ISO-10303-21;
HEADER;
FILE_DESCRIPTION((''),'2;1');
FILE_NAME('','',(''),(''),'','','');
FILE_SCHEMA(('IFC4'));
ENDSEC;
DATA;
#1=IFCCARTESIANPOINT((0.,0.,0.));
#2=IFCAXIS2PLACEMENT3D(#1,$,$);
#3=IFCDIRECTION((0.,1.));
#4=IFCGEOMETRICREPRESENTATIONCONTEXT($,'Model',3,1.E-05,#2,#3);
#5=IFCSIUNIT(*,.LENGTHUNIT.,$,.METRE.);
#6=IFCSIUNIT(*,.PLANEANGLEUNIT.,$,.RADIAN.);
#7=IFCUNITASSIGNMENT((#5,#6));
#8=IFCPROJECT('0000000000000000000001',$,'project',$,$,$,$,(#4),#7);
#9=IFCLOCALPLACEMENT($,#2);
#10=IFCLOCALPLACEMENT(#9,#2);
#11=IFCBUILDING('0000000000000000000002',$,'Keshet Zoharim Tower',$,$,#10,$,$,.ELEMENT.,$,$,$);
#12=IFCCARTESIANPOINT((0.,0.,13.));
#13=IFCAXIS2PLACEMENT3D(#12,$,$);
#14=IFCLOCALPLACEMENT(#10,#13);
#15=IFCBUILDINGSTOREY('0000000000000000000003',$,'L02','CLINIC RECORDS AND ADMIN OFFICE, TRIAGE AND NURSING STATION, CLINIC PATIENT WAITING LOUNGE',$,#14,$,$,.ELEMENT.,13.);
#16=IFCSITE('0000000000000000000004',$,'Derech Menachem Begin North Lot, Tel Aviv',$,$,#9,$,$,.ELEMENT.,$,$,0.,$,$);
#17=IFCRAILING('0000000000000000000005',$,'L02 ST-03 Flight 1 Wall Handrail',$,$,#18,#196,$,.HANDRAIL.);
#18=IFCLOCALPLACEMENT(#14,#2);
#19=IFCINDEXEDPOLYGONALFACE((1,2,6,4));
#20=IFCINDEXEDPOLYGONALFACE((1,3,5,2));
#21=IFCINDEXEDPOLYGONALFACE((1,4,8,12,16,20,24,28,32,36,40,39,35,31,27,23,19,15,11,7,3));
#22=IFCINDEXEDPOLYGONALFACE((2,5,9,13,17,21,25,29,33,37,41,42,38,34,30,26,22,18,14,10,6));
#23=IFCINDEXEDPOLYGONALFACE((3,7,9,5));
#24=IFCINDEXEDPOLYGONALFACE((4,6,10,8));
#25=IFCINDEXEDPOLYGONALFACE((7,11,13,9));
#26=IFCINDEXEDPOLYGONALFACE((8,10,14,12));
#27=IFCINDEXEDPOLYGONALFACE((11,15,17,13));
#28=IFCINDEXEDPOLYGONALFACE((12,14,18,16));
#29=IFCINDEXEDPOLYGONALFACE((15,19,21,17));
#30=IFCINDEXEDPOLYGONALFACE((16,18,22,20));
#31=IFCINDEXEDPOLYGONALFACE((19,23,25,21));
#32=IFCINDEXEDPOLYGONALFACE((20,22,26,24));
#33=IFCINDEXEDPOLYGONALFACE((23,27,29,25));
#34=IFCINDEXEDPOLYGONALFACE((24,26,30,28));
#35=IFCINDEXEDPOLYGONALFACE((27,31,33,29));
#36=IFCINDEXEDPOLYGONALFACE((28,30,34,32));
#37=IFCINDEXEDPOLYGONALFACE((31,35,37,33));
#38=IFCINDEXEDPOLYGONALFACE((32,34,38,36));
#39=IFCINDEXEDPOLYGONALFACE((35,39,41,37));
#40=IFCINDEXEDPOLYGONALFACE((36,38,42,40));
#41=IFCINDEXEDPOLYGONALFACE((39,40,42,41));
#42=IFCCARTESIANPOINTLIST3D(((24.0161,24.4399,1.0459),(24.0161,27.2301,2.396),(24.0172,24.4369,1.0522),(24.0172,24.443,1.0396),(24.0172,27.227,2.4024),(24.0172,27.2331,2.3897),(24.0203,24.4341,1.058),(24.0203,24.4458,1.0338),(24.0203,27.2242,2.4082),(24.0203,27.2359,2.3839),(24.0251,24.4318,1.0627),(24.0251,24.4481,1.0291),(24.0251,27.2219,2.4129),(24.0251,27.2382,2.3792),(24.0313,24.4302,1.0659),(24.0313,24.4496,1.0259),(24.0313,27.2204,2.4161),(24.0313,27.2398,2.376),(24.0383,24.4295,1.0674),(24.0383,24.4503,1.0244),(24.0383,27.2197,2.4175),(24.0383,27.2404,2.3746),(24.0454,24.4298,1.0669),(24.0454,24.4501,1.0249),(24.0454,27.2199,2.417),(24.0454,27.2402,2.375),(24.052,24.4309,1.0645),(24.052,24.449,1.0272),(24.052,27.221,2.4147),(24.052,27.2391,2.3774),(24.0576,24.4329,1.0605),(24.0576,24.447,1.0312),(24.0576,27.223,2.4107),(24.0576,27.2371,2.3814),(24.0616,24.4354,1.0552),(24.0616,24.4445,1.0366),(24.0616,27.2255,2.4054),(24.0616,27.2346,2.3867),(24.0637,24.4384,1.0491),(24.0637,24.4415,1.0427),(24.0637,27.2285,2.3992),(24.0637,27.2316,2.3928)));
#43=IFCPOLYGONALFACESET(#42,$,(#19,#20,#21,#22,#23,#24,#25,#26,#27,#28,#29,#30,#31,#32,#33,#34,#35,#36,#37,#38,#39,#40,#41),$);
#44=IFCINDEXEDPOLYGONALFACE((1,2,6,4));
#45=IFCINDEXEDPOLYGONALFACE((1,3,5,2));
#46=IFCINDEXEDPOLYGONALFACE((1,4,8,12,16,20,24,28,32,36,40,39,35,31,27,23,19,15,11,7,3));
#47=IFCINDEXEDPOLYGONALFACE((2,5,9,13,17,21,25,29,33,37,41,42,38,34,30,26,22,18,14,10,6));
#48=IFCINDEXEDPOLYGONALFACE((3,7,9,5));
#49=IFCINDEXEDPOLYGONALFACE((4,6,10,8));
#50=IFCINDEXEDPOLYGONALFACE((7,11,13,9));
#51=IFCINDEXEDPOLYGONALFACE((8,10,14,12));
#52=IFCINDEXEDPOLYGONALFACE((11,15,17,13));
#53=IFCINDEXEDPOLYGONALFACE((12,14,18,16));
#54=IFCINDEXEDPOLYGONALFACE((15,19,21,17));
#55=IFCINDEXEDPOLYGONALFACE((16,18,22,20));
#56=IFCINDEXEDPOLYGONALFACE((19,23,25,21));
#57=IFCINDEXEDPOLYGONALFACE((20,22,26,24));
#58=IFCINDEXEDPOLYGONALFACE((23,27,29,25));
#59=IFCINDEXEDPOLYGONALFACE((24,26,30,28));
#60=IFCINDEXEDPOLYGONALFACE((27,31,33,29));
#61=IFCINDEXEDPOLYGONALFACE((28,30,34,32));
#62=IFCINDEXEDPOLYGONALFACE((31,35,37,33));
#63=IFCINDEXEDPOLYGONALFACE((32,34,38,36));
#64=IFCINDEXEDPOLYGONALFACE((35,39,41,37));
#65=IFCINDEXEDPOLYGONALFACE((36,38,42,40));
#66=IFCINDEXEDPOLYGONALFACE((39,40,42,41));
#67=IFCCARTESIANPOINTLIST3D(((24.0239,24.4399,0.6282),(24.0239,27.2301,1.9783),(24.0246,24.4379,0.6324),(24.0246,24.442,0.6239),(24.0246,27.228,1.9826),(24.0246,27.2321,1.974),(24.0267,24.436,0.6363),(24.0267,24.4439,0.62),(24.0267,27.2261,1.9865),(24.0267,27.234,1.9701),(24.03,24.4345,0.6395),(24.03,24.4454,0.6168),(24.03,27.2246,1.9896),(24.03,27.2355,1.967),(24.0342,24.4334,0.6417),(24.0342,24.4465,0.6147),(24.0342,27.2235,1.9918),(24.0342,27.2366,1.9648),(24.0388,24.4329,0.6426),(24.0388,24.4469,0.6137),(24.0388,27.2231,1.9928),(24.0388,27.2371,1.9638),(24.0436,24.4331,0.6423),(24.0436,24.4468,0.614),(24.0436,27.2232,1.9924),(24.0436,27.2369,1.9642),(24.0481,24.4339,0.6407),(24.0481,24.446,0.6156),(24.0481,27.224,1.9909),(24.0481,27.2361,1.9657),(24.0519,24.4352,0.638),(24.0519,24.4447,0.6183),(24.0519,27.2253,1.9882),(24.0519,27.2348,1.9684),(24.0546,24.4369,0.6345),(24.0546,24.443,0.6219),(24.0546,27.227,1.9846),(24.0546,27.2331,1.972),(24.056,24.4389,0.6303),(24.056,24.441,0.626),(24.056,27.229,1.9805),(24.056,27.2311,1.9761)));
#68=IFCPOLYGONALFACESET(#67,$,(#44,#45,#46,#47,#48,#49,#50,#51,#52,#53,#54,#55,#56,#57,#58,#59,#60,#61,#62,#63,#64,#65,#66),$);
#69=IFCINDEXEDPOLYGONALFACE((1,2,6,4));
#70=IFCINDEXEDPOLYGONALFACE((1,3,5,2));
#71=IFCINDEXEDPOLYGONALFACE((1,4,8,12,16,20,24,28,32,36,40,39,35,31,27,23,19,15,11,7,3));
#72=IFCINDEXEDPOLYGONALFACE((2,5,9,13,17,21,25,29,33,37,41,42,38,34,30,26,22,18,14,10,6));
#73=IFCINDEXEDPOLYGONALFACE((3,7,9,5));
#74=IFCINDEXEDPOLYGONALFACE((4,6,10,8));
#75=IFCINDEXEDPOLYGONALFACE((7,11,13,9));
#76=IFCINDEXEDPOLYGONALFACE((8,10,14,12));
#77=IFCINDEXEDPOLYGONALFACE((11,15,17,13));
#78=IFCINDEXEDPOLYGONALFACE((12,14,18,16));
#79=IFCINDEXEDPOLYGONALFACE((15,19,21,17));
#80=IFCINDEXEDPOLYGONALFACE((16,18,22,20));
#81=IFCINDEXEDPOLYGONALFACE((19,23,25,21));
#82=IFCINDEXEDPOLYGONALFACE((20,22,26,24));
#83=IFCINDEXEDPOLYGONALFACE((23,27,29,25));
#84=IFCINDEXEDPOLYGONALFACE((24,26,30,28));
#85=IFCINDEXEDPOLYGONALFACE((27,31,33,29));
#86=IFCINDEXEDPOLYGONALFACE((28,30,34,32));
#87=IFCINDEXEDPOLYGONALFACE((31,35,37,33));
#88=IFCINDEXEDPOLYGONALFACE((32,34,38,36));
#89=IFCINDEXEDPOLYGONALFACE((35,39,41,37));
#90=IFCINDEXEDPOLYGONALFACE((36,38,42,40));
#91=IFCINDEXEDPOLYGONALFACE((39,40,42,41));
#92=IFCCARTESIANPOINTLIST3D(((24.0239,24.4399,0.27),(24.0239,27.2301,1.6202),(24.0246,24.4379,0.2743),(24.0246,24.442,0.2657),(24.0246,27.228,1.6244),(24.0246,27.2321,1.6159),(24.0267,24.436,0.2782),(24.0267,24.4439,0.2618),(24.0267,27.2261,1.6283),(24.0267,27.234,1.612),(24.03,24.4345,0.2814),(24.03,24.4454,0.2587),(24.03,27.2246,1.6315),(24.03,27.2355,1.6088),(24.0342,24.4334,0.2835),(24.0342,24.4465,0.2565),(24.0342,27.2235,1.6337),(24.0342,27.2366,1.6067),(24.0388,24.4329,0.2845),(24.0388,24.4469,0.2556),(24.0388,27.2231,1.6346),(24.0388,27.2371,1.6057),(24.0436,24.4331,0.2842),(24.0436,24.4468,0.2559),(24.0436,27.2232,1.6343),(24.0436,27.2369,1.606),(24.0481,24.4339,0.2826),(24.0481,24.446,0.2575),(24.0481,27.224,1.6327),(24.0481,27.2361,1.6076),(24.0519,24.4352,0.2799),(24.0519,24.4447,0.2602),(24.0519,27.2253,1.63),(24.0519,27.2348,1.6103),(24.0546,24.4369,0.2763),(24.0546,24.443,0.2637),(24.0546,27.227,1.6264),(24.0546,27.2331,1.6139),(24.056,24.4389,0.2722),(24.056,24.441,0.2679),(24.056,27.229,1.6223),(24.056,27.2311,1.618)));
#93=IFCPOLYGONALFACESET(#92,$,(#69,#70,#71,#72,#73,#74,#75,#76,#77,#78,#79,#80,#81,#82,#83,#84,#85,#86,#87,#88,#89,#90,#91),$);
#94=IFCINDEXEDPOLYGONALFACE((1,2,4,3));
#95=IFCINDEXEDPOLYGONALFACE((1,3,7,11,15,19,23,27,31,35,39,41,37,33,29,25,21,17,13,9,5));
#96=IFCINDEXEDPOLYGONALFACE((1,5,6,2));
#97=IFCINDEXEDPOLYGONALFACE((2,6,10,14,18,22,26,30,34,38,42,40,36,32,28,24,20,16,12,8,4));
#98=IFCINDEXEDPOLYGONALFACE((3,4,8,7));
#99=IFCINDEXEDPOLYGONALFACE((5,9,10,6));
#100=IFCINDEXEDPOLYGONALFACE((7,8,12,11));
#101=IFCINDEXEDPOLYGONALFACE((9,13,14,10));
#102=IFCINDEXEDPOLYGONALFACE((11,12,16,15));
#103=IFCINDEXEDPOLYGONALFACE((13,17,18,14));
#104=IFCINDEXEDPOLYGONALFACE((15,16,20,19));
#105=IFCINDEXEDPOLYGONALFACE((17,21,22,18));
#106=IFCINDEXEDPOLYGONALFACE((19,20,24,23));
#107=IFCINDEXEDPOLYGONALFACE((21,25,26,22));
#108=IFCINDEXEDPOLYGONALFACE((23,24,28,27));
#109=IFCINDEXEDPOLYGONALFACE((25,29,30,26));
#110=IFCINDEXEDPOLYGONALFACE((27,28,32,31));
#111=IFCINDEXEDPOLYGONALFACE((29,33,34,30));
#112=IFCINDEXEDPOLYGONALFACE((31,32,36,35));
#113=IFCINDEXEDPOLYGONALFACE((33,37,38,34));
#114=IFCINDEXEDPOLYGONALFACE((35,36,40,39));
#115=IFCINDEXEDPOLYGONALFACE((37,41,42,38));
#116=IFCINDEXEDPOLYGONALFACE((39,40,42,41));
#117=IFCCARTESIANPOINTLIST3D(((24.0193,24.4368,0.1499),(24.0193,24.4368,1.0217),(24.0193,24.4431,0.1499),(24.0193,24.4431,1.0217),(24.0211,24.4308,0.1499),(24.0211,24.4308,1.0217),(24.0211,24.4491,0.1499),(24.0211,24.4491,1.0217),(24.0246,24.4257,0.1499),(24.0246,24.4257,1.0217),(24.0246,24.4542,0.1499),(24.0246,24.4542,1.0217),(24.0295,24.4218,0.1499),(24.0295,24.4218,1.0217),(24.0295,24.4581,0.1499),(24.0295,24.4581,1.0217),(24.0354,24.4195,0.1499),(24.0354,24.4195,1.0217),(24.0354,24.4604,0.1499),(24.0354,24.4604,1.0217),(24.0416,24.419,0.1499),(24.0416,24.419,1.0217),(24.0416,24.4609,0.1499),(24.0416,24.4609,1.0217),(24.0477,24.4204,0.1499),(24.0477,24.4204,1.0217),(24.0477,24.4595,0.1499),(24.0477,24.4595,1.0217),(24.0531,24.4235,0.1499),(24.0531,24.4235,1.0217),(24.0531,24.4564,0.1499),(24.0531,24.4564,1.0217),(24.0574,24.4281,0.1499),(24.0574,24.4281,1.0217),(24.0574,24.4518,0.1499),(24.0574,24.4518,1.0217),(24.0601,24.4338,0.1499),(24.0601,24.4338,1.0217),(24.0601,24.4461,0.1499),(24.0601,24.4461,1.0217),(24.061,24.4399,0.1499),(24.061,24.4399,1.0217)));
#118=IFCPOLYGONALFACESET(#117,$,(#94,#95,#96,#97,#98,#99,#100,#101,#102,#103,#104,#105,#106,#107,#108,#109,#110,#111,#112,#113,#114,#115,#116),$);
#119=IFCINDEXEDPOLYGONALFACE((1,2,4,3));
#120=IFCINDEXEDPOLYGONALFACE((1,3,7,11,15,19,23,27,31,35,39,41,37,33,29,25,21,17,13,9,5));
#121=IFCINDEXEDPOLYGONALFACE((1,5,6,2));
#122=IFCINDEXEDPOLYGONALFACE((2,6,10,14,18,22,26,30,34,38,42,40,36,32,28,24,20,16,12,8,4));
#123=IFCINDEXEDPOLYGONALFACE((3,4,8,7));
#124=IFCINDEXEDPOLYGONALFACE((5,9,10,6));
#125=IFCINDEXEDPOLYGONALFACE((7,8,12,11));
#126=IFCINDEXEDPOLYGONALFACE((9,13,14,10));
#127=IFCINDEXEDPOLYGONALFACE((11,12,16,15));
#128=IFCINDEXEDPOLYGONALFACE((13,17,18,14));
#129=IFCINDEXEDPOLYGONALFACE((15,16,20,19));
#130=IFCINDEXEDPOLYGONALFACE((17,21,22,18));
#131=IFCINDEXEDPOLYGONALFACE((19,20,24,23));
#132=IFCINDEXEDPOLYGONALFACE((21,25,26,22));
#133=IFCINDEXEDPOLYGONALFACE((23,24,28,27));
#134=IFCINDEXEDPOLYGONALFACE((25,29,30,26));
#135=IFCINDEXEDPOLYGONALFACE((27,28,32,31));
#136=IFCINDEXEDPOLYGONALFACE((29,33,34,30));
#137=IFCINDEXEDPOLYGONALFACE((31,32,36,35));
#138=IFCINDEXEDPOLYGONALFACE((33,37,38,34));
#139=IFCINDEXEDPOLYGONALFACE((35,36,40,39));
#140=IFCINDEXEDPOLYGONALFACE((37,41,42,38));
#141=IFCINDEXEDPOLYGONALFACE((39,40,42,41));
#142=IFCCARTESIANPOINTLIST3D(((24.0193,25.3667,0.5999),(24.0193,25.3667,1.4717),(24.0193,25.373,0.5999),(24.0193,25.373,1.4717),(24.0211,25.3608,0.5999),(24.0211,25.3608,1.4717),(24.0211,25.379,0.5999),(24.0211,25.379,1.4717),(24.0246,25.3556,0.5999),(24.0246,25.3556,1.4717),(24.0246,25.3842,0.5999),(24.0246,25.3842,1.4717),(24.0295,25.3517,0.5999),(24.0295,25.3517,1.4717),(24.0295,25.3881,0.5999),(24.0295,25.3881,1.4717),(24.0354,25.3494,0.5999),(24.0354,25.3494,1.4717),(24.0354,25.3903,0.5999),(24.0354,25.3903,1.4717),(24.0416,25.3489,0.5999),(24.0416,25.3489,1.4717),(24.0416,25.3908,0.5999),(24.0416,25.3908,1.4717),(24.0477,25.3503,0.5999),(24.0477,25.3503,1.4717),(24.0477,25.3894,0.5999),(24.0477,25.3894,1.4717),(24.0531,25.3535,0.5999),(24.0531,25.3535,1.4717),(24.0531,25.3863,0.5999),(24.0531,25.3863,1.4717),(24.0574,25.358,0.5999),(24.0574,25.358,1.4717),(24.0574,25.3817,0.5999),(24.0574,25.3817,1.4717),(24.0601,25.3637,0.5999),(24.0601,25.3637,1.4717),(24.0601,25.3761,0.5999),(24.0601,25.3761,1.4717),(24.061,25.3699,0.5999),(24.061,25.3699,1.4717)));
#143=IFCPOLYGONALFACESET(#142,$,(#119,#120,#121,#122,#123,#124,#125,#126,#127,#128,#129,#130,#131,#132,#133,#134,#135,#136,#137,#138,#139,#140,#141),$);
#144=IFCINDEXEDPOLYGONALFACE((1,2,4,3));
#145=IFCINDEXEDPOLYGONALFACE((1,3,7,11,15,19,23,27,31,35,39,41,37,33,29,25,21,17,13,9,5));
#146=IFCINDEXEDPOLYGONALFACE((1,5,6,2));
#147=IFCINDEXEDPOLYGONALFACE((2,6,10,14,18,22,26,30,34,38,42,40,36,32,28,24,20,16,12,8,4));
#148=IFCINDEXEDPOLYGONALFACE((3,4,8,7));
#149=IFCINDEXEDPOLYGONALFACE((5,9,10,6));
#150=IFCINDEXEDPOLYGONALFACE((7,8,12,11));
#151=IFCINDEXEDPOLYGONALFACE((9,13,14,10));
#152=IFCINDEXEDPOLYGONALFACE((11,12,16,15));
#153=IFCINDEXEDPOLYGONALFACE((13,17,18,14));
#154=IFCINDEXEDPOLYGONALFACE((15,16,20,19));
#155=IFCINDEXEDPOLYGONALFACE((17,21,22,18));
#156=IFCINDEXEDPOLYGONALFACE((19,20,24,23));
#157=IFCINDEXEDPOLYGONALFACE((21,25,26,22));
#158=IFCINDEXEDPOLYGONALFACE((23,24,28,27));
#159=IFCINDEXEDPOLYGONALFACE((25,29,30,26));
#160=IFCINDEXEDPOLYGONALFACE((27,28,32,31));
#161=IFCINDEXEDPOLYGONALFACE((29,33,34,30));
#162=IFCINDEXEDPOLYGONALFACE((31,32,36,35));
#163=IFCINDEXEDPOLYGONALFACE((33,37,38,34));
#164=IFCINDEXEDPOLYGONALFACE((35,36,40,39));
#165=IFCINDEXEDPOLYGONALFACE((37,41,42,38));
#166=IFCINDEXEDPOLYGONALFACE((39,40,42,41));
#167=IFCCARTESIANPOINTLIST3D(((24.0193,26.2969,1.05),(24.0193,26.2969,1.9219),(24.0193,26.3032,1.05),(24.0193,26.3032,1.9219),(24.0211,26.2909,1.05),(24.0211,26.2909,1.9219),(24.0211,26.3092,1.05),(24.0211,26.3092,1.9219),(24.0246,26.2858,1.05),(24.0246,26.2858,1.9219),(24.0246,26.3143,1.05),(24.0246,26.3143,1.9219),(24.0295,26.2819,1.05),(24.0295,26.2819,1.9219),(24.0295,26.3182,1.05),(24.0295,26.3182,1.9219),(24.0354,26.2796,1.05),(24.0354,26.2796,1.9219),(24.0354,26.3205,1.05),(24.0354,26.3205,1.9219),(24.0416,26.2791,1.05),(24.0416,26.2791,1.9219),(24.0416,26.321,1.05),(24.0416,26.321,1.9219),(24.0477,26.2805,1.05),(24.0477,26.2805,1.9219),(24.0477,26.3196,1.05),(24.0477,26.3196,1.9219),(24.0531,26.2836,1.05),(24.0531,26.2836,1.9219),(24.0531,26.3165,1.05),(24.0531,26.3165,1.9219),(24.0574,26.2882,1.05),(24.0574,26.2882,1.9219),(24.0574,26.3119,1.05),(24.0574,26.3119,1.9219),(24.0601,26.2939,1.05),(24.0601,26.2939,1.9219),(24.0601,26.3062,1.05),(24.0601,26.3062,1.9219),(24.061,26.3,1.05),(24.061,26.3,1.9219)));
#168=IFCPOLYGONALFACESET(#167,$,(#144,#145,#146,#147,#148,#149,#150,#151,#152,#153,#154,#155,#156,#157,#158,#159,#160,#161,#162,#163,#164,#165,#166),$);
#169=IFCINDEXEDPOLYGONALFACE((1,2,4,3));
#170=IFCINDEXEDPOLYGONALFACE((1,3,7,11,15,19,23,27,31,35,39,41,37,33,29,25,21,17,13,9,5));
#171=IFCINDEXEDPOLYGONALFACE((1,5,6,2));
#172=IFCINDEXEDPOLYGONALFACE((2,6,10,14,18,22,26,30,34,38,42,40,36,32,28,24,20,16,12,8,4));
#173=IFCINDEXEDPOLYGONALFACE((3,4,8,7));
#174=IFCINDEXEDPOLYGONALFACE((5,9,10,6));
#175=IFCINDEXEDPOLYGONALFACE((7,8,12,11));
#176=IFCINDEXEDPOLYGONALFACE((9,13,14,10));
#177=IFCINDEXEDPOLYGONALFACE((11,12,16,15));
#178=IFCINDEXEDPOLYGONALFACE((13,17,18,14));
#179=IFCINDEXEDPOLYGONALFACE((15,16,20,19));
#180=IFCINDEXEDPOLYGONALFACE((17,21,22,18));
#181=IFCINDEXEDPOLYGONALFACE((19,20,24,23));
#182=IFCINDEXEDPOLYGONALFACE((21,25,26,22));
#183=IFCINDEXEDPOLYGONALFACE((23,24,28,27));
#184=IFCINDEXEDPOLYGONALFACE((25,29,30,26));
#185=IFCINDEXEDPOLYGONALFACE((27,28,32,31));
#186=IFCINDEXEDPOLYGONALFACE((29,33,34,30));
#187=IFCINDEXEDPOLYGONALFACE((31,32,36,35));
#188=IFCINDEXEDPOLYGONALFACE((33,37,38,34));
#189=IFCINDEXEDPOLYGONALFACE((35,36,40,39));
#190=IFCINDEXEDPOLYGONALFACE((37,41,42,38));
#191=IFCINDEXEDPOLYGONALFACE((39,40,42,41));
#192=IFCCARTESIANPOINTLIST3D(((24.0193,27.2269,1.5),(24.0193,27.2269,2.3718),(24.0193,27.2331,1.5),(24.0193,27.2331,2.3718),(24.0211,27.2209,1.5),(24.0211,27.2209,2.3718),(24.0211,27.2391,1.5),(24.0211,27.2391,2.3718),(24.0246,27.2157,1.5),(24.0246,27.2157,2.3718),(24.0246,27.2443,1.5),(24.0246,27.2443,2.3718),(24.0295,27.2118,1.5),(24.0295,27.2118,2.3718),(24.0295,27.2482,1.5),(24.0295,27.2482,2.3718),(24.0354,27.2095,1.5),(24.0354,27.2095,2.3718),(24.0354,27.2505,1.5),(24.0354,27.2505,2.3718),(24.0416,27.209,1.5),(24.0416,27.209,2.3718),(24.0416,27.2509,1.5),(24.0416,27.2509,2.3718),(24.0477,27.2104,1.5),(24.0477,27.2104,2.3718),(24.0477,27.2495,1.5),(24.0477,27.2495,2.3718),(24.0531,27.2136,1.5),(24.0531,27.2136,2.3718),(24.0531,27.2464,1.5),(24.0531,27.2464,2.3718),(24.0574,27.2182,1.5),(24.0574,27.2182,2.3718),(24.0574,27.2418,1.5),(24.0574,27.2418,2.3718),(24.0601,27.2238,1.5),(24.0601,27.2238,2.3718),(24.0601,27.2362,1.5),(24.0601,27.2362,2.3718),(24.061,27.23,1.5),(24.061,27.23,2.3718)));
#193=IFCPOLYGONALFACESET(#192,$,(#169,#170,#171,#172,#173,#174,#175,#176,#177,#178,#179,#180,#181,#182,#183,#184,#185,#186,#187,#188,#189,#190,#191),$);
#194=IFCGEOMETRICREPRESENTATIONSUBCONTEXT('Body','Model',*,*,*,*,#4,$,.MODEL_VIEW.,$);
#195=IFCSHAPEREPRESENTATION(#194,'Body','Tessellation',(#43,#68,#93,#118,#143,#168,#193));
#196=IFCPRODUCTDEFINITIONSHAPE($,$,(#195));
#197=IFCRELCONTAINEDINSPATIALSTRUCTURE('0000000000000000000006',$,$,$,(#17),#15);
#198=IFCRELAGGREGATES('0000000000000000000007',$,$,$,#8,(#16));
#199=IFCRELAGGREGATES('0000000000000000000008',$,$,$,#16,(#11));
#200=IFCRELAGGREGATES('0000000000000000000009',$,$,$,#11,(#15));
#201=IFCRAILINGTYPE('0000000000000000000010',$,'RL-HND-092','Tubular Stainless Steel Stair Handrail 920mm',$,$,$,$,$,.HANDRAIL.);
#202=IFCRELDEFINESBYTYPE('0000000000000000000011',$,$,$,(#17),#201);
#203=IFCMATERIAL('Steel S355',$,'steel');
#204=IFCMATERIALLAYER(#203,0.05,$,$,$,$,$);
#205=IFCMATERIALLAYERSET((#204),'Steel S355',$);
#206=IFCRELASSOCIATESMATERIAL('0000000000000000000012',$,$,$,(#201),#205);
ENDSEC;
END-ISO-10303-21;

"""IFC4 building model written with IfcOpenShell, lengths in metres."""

from ifc_helpers import new_model, si_unit, direction, frame, origin, origin_2d, place, context, subcontext, project, spatial, circle, extrude, material, layer, layer_set, type_object, element, save


model = new_model("IFC4")

# Units and contexts
model_context = context("Model", 3, precision=1e-05, world=origin(), true_north=direction((0.0, 1.0)))
body_context = subcontext(model_context, "Body", "Model", "MODEL_VIEW")
ifc_project = project(units=[si_unit("LENGTHUNIT", "METRE"), si_unit("PLANEANGLEUNIT", "RADIAN")], contexts=[model_context])

# Site, building, storey
site_placement = place(None, origin())
site = spatial("IfcSite", under=ifc_project, at=site_placement, Name="Derech Menachem Begin North Lot, Tel Aviv", CompositionType="ELEMENT", RefElevation=0.0)
building_placement = place(site_placement, origin())
building = spatial("IfcBuilding", under=site, at=building_placement, Name="Keshet Zoharim Tower", CompositionType="ELEMENT")
storey_placement = place(building_placement, frame((0.0, 0.0, 13.0)))
storey = spatial("IfcBuildingStorey", under=building, at=storey_placement, Name="L02", Description="CLINIC RECORDS AND ADMIN OFFICE, TRIAGE AND NURSING STATION, CLINIC PATIENT WAITING LOUNGE", CompositionType="ELEMENT", Elevation=13.0)

# Shared definitions
ifc_material_1 = material(Name="Steel S355", Category="steel")

# Railing
ifc_layer_1 = layer(ifc_material_1, 0.05)
ifc_layer_set_1 = layer_set([ifc_layer_1], Name="Steel S355")
railing_type_1 = type_object("IfcRailingType", Name="RL-HND-092", Description="Tubular Stainless Steel Stair Handrail 920mm", PredefinedType="HANDRAIL", material=ifc_layer_set_1)
railing_1_placement = place(storey_placement, frame((24.04, 24.4399, 0.1499)))
element("IfcRailing", 1, at=railing_1_placement, inside=storey, type_object=railing_type_1, Name="L02 ST-03 Flight 1 Wall Handrail", PredefinedType="HANDRAIL", context=body_context, shape_type="SweptSolid", body=[
    extrude(circle(Radius=0.0239, at=origin_2d()), frame((0.0, 0.0, 0.896), z_axis=(0.0, 0.900149, 0.435582), x_axis=(-1.0, 0.0, 0.0)), (0.0, 0.0, 1.0), 3.0996),
    extrude(circle(Radius=0.0161, at=origin_2d()), frame((0.0, 0.0, 0.4783), z_axis=(0.0, 0.900149, 0.435582), x_axis=(-1.0, 0.0, 0.0)), (0.0, 0.0, 1.0), 3.0996),
    extrude(circle(Radius=0.0161, at=origin_2d()), frame((0.0, 0.0, 0.1201), z_axis=(0.0, 0.900149, 0.435582), x_axis=(-1.0, 0.0, 0.0)), (0.0, 0.0, 1.0), 3.0996),
    extrude(circle(Radius=0.021, at=origin_2d()), origin(), (0.0, 0.0, 1.0), 0.8718),
    extrude(circle(Radius=0.021, at=origin_2d()), frame((0.0, 0.9299, 0.45)), (0.0, 0.0, 1.0), 0.8718),
    extrude(circle(Radius=0.021, at=origin_2d()), frame((0.0, 1.8601, 0.9001)), (0.0, 0.0, 1.0), 0.8718),
    extrude(circle(Radius=0.021, at=origin_2d()), frame((0.0, 2.79, 1.3501)), (0.0, 0.0, 1.0), 0.8718),
])

save(model, "model.ifc")
